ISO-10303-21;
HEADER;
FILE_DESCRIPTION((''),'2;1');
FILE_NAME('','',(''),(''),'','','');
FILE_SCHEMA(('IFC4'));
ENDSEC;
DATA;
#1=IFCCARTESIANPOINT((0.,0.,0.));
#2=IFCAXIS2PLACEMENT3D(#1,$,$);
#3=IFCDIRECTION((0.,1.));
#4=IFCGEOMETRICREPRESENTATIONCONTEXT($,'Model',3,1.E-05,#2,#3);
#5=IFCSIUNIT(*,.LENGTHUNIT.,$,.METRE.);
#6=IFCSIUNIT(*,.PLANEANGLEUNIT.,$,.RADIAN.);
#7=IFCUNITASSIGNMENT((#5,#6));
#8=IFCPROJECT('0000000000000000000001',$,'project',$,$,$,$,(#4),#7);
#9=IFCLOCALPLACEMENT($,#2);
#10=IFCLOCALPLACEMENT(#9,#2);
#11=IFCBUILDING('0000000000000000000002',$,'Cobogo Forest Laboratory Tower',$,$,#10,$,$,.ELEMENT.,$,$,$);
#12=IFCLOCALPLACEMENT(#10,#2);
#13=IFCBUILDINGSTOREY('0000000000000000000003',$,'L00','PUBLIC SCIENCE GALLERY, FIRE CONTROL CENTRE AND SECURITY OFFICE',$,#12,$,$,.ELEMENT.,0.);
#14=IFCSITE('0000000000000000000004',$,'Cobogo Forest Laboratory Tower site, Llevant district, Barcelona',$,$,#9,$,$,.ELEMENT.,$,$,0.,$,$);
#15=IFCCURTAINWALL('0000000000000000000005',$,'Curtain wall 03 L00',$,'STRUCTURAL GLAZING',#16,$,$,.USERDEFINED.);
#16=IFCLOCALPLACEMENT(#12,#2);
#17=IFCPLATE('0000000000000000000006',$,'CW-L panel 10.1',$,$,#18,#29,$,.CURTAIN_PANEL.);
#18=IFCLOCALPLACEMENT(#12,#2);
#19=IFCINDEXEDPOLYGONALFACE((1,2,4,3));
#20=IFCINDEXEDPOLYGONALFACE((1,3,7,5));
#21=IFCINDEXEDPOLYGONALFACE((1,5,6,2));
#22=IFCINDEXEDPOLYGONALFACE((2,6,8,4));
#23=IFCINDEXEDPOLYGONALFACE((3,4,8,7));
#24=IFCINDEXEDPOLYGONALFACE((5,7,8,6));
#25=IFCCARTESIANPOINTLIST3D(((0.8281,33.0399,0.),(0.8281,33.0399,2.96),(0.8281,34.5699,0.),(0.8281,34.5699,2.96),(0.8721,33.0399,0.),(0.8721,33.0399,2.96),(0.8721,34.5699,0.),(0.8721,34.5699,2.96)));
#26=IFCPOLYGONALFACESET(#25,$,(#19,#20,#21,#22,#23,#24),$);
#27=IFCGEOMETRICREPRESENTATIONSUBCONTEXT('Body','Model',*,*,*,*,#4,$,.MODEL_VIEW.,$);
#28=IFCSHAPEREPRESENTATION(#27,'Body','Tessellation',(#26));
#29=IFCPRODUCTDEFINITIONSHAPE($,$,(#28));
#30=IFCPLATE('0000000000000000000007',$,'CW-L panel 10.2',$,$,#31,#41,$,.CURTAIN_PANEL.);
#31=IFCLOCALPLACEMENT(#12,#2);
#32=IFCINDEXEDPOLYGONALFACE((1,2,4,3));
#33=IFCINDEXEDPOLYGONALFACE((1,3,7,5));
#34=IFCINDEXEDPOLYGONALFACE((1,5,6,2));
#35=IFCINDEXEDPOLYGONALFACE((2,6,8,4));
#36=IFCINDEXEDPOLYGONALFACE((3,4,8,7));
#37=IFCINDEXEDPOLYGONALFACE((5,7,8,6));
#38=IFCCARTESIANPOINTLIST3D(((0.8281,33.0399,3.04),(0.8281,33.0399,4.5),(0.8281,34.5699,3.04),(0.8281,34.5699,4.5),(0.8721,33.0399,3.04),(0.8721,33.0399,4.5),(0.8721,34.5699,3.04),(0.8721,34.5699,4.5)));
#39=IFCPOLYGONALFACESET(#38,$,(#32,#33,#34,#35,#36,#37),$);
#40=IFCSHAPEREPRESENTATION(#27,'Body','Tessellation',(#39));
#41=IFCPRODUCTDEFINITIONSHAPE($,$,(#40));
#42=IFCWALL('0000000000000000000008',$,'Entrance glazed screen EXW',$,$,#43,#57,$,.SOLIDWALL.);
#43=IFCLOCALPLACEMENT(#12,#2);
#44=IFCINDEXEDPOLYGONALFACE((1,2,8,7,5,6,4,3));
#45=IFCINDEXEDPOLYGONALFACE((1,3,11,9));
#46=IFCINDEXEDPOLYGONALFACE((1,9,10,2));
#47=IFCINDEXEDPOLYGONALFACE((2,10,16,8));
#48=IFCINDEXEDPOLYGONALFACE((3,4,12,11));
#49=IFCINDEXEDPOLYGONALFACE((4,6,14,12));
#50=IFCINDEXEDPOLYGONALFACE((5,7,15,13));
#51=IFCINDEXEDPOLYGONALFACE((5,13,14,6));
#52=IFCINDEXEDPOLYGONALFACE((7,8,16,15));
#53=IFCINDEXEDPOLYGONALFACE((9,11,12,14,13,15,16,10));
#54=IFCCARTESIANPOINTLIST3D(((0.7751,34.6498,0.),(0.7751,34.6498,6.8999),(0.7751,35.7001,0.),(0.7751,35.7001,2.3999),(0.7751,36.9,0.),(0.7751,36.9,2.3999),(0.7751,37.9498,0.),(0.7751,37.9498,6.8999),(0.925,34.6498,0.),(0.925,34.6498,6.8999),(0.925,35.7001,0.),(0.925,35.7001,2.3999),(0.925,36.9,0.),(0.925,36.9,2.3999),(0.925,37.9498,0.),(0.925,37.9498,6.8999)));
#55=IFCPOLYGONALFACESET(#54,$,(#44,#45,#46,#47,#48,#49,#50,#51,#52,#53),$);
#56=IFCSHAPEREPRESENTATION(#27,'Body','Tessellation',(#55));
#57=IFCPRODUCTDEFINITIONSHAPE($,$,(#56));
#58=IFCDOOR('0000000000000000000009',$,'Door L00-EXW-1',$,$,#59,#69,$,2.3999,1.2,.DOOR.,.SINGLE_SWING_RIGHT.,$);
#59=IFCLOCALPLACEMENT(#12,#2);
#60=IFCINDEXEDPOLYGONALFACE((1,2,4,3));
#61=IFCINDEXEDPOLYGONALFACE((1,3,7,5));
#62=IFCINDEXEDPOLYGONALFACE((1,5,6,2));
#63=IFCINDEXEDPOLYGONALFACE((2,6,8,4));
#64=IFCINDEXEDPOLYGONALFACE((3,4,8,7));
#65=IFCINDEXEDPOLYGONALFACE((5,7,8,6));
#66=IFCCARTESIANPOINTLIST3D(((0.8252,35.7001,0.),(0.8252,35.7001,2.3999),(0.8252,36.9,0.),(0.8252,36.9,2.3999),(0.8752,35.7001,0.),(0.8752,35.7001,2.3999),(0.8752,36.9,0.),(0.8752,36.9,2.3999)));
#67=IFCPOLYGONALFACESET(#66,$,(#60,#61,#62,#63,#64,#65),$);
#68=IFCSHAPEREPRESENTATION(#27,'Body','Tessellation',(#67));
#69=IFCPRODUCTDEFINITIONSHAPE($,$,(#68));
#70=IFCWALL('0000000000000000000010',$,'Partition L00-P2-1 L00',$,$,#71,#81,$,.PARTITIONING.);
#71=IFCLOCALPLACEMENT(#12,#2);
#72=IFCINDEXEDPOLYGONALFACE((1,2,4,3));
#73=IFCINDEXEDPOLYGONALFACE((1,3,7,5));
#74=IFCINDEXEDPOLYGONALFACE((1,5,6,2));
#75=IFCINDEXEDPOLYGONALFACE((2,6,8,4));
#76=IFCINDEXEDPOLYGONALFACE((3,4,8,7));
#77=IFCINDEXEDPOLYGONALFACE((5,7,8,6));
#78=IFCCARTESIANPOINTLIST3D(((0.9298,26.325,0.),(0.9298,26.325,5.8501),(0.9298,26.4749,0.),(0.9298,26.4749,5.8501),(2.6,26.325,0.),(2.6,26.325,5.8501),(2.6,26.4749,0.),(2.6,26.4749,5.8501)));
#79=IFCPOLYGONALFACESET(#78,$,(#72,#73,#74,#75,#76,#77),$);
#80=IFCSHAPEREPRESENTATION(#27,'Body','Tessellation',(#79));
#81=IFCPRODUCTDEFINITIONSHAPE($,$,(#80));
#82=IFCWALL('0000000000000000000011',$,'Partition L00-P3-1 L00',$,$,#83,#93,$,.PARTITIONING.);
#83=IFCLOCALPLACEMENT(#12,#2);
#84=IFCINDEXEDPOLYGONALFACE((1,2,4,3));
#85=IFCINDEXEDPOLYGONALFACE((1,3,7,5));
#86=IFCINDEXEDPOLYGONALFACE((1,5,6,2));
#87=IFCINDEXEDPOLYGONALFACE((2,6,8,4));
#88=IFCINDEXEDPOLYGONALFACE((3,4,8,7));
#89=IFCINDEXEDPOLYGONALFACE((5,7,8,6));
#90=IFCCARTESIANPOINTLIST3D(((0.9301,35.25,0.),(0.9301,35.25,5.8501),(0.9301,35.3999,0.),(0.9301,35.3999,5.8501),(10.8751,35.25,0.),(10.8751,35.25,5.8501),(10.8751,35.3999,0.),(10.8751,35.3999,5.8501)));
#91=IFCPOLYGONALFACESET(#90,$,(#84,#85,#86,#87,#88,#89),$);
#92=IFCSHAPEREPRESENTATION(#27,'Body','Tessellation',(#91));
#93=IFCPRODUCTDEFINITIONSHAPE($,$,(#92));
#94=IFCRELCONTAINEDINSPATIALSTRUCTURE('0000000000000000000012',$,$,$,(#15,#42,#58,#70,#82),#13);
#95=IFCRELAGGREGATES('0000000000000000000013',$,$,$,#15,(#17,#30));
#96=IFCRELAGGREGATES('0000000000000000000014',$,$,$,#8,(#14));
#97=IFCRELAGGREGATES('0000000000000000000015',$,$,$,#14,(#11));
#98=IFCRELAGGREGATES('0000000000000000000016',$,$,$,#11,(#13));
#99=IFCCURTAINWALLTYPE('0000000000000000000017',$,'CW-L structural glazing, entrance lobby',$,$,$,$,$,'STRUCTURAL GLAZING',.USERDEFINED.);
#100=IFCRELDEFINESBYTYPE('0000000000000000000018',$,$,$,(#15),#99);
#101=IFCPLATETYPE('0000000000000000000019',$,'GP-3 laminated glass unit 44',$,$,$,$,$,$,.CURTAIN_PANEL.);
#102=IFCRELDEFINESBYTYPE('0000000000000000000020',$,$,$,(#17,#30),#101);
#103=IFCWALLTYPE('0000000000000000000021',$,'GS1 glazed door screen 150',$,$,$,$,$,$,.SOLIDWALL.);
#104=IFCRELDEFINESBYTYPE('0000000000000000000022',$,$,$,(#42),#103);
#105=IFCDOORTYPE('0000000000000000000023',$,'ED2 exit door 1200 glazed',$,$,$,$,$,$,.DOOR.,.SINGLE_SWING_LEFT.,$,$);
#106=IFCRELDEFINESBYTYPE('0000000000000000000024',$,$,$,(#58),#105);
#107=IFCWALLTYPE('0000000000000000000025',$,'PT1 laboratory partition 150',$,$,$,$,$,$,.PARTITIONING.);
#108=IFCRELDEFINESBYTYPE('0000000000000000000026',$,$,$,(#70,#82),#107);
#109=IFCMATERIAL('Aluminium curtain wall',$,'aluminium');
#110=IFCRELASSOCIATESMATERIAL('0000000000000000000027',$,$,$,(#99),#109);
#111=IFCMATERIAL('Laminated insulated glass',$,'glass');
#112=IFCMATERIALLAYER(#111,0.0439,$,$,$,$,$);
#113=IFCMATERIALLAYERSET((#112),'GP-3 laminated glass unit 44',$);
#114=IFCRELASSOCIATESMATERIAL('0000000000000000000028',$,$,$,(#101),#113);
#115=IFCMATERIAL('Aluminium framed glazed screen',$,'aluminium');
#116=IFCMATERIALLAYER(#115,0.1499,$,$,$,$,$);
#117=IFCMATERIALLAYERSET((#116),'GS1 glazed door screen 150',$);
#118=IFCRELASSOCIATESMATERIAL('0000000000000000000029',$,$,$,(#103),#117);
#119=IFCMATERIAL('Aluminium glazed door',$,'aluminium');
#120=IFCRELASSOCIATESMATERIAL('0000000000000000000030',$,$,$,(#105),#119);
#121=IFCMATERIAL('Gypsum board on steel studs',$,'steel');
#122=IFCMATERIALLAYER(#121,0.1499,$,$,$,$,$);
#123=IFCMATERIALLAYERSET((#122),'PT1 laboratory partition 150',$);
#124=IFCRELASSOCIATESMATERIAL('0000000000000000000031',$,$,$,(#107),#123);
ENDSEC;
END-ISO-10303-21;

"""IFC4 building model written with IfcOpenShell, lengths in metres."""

from ifc_helpers import new_model, si_unit, direction, frame, frame_2d, origin, origin_2d, place, context, subcontext, project, spatial, rectangle, extrude, material, layer, layer_set, type_object, element, fill, aggregate, save


model = new_model("IFC4")

# Units and contexts
model_context = context("Model", 3, precision=1e-05, world=origin(), true_north=direction((0.0, 1.0)))
body_context = subcontext(model_context, "Body", "Model", "MODEL_VIEW")
ifc_project = project(units=[si_unit("LENGTHUNIT", "METRE"), si_unit("PLANEANGLEUNIT", "RADIAN")], contexts=[model_context])

# Site, building, storey
site_placement = place(None, origin())
site = spatial("IfcSite", under=ifc_project, at=site_placement, Name="Cobogo Forest Laboratory Tower site, Llevant district, Barcelona", CompositionType="ELEMENT", RefElevation=0.0)
building_placement = place(site_placement, origin())
building = spatial("IfcBuilding", under=site, at=building_placement, Name="Cobogo Forest Laboratory Tower", CompositionType="ELEMENT")
storey_placement = place(building_placement, origin())
storey = spatial("IfcBuildingStorey", under=building, at=storey_placement, Name="L00", Description="PUBLIC SCIENCE GALLERY, FIRE CONTROL CENTRE AND SECURITY OFFICE", CompositionType="ELEMENT", Elevation=0.0)

# Curtain wall
ifc_material_1 = material(Name="Aluminium curtain wall", Category="aluminium")
curtain_wall_type = type_object("IfcCurtainWallType", Name="CW-L structural glazing, entrance lobby", ElementType="STRUCTURAL GLAZING", PredefinedType="USERDEFINED", material=ifc_material_1)
curtain_wall_placement = place(storey_placement, origin())
curtain_wall = element("IfcCurtainWall", 1, at=curtain_wall_placement, inside=storey, type_object=curtain_wall_type, Name="Curtain wall 03 L00", ObjectType="STRUCTURAL GLAZING", PredefinedType="USERDEFINED")

# Plates
ifc_material_2 = material(Name="Laminated insulated glass", Category="glass")
ifc_layer_1 = layer(ifc_material_2, 0.0439)
ifc_layer_set_1 = layer_set([ifc_layer_1], Name="GP-3 laminated glass unit 44")
plate_type = type_object("IfcPlateType", Name="GP-3 laminated glass unit 44", PredefinedType="CURTAIN_PANEL", material=ifc_layer_set_1)
plate_1_placement = place(storey_placement, frame((0.8501, 33.8049, 0.0), z_axis=(0.0, 0.0, 1.0), x_axis=(0.0, 1.0, 0.0)))
plate_1 = element("IfcPlate", 2, at=plate_1_placement, type_object=plate_type, Name="CW-L panel 10.1", PredefinedType="CURTAIN_PANEL", context=body_context, shape_type="SweptSolid", body=[
    extrude(rectangle(XDim=1.53, YDim=0.0439, at=origin_2d()), origin(), (0.0, 0.0, 1.0), 2.96),
])
plate_2_placement = place(storey_placement, frame((0.8501, 33.8049, 3.04), z_axis=(0.0, 0.0, 1.0), x_axis=(0.0, 1.0, 0.0)))
plate_2 = element("IfcPlate", 3, at=plate_2_placement, type_object=plate_type, Name="CW-L panel 10.2", PredefinedType="CURTAIN_PANEL", context=body_context, shape_type="SweptSolid", body=[
    extrude(rectangle(XDim=1.53, YDim=0.0439, at=origin_2d()), origin(), (0.0, 0.0, 1.0), 1.46),
])
aggregate(curtain_wall, [plate_1, plate_2])

# Wall, opening, door
ifc_material_3 = material(Name="Aluminium framed glazed screen", Category="aluminium")
ifc_layer_2 = layer(ifc_material_3, 0.1499)
ifc_layer_set_2 = layer_set([ifc_layer_2], Name="GS1 glazed door screen 150")
wall_type_1 = type_object("IfcWallType", Name="GS1 glazed door screen 150", PredefinedType="SOLIDWALL", material=ifc_layer_set_2)
wall_1_placement = place(storey_placement, frame((0.8501, 34.6499, 0.0), z_axis=(0.0, 0.0, 1.0), x_axis=(0.0, 1.0, 0.0)))
wall_1 = element("IfcWall", 4, at=wall_1_placement, inside=storey, type_object=wall_type_1, Name="Entrance glazed screen EXW", PredefinedType="SOLIDWALL", context=body_context, shape_type="SweptSolid", body=[
    extrude(rectangle(XDim=3.3, YDim=0.1499, at=frame_2d((1.6499, 0.0))), origin(), (0.0, 0.0, 1.0), 6.8999),
])
opening_placement = place(wall_1_placement, frame((1.05, 0.0, 0.0)))
opening = element("IfcOpeningElement", 5, at=opening_placement, cuts=wall_1, PredefinedType="OPENING", context=body_context, shape_type="SweptSolid", body=[
    extrude(rectangle(XDim=1.2, YDim=2.3999, at=frame_2d((0.6001, 1.2))), frame((0.0, 0.085, 0.0), z_axis=(0.0, -1.0, 0.0), x_axis=(1.0, 0.0, 0.0)), (0.0, 0.0, 1.0), 0.1699),
])
ifc_material_4 = material(Name="Aluminium glazed door", Category="aluminium")
door_type = type_object("IfcDoorType", Name="ED2 exit door 1200 glazed", OperationType="SINGLE_SWING_LEFT", PredefinedType="DOOR", material=ifc_material_4)
door_placement = place(opening_placement, origin())
door = element("IfcDoor", 6, at=door_placement, inside=storey, type_object=door_type, Name="Door L00-EXW-1", OperationType="SINGLE_SWING_RIGHT", OverallHeight=2.3999, OverallWidth=1.2, PredefinedType="DOOR", context=body_context, shape_type="SweptSolid", body=[
    extrude(rectangle(XDim=1.2, YDim=2.3999, at=frame_2d((0.6001, 1.2))), frame((0.0, 0.0249, 0.0), z_axis=(0.0, -1.0, 0.0), x_axis=(1.0, 0.0, 0.0)), (0.0, 0.0, 1.0), 0.05),
])
fill(opening, door)

# Walls
ifc_material_5 = material(Name="Gypsum board on steel studs", Category="steel")
ifc_layer_3 = layer(ifc_material_5, 0.1499)
ifc_layer_set_3 = layer_set([ifc_layer_3], Name="PT1 laboratory partition 150")
wall_type_2 = type_object("IfcWallType", Name="PT1 laboratory partition 150", PredefinedType="PARTITIONING", material=ifc_layer_set_3)
wall_2_placement = place(storey_placement, frame((0.9299, 26.3999, 0.0), z_axis=(0.0, 0.0, 1.0), x_axis=(1.0, 0.0, 0.0)))
element("IfcWall", 7, at=wall_2_placement, inside=storey, type_object=wall_type_2, Name="Partition L00-P2-1 L00", PredefinedType="PARTITIONING", context=body_context, shape_type="SweptSolid", body=[
    extrude(rectangle(XDim=1.6702, YDim=0.1499, at=frame_2d((0.835, 0.0))), origin(), (0.0, 0.0, 1.0), 5.8501),
])
wall_3_placement = place(storey_placement, frame((0.9299, 35.325, 0.0), z_axis=(0.0, 0.0, 1.0), x_axis=(1.0, 0.0, 0.0)))
element("IfcWall", 8, at=wall_3_placement, inside=storey, type_object=wall_type_2, Name="Partition L00-P3-1 L00", PredefinedType="PARTITIONING", context=body_context, shape_type="SweptSolid", body=[
    extrude(rectangle(XDim=9.9451, YDim=0.1499, at=frame_2d((4.9727, 0.0))), origin(), (0.0, 0.0, 1.0), 5.8501),
])

save(model, "model.ifc")
